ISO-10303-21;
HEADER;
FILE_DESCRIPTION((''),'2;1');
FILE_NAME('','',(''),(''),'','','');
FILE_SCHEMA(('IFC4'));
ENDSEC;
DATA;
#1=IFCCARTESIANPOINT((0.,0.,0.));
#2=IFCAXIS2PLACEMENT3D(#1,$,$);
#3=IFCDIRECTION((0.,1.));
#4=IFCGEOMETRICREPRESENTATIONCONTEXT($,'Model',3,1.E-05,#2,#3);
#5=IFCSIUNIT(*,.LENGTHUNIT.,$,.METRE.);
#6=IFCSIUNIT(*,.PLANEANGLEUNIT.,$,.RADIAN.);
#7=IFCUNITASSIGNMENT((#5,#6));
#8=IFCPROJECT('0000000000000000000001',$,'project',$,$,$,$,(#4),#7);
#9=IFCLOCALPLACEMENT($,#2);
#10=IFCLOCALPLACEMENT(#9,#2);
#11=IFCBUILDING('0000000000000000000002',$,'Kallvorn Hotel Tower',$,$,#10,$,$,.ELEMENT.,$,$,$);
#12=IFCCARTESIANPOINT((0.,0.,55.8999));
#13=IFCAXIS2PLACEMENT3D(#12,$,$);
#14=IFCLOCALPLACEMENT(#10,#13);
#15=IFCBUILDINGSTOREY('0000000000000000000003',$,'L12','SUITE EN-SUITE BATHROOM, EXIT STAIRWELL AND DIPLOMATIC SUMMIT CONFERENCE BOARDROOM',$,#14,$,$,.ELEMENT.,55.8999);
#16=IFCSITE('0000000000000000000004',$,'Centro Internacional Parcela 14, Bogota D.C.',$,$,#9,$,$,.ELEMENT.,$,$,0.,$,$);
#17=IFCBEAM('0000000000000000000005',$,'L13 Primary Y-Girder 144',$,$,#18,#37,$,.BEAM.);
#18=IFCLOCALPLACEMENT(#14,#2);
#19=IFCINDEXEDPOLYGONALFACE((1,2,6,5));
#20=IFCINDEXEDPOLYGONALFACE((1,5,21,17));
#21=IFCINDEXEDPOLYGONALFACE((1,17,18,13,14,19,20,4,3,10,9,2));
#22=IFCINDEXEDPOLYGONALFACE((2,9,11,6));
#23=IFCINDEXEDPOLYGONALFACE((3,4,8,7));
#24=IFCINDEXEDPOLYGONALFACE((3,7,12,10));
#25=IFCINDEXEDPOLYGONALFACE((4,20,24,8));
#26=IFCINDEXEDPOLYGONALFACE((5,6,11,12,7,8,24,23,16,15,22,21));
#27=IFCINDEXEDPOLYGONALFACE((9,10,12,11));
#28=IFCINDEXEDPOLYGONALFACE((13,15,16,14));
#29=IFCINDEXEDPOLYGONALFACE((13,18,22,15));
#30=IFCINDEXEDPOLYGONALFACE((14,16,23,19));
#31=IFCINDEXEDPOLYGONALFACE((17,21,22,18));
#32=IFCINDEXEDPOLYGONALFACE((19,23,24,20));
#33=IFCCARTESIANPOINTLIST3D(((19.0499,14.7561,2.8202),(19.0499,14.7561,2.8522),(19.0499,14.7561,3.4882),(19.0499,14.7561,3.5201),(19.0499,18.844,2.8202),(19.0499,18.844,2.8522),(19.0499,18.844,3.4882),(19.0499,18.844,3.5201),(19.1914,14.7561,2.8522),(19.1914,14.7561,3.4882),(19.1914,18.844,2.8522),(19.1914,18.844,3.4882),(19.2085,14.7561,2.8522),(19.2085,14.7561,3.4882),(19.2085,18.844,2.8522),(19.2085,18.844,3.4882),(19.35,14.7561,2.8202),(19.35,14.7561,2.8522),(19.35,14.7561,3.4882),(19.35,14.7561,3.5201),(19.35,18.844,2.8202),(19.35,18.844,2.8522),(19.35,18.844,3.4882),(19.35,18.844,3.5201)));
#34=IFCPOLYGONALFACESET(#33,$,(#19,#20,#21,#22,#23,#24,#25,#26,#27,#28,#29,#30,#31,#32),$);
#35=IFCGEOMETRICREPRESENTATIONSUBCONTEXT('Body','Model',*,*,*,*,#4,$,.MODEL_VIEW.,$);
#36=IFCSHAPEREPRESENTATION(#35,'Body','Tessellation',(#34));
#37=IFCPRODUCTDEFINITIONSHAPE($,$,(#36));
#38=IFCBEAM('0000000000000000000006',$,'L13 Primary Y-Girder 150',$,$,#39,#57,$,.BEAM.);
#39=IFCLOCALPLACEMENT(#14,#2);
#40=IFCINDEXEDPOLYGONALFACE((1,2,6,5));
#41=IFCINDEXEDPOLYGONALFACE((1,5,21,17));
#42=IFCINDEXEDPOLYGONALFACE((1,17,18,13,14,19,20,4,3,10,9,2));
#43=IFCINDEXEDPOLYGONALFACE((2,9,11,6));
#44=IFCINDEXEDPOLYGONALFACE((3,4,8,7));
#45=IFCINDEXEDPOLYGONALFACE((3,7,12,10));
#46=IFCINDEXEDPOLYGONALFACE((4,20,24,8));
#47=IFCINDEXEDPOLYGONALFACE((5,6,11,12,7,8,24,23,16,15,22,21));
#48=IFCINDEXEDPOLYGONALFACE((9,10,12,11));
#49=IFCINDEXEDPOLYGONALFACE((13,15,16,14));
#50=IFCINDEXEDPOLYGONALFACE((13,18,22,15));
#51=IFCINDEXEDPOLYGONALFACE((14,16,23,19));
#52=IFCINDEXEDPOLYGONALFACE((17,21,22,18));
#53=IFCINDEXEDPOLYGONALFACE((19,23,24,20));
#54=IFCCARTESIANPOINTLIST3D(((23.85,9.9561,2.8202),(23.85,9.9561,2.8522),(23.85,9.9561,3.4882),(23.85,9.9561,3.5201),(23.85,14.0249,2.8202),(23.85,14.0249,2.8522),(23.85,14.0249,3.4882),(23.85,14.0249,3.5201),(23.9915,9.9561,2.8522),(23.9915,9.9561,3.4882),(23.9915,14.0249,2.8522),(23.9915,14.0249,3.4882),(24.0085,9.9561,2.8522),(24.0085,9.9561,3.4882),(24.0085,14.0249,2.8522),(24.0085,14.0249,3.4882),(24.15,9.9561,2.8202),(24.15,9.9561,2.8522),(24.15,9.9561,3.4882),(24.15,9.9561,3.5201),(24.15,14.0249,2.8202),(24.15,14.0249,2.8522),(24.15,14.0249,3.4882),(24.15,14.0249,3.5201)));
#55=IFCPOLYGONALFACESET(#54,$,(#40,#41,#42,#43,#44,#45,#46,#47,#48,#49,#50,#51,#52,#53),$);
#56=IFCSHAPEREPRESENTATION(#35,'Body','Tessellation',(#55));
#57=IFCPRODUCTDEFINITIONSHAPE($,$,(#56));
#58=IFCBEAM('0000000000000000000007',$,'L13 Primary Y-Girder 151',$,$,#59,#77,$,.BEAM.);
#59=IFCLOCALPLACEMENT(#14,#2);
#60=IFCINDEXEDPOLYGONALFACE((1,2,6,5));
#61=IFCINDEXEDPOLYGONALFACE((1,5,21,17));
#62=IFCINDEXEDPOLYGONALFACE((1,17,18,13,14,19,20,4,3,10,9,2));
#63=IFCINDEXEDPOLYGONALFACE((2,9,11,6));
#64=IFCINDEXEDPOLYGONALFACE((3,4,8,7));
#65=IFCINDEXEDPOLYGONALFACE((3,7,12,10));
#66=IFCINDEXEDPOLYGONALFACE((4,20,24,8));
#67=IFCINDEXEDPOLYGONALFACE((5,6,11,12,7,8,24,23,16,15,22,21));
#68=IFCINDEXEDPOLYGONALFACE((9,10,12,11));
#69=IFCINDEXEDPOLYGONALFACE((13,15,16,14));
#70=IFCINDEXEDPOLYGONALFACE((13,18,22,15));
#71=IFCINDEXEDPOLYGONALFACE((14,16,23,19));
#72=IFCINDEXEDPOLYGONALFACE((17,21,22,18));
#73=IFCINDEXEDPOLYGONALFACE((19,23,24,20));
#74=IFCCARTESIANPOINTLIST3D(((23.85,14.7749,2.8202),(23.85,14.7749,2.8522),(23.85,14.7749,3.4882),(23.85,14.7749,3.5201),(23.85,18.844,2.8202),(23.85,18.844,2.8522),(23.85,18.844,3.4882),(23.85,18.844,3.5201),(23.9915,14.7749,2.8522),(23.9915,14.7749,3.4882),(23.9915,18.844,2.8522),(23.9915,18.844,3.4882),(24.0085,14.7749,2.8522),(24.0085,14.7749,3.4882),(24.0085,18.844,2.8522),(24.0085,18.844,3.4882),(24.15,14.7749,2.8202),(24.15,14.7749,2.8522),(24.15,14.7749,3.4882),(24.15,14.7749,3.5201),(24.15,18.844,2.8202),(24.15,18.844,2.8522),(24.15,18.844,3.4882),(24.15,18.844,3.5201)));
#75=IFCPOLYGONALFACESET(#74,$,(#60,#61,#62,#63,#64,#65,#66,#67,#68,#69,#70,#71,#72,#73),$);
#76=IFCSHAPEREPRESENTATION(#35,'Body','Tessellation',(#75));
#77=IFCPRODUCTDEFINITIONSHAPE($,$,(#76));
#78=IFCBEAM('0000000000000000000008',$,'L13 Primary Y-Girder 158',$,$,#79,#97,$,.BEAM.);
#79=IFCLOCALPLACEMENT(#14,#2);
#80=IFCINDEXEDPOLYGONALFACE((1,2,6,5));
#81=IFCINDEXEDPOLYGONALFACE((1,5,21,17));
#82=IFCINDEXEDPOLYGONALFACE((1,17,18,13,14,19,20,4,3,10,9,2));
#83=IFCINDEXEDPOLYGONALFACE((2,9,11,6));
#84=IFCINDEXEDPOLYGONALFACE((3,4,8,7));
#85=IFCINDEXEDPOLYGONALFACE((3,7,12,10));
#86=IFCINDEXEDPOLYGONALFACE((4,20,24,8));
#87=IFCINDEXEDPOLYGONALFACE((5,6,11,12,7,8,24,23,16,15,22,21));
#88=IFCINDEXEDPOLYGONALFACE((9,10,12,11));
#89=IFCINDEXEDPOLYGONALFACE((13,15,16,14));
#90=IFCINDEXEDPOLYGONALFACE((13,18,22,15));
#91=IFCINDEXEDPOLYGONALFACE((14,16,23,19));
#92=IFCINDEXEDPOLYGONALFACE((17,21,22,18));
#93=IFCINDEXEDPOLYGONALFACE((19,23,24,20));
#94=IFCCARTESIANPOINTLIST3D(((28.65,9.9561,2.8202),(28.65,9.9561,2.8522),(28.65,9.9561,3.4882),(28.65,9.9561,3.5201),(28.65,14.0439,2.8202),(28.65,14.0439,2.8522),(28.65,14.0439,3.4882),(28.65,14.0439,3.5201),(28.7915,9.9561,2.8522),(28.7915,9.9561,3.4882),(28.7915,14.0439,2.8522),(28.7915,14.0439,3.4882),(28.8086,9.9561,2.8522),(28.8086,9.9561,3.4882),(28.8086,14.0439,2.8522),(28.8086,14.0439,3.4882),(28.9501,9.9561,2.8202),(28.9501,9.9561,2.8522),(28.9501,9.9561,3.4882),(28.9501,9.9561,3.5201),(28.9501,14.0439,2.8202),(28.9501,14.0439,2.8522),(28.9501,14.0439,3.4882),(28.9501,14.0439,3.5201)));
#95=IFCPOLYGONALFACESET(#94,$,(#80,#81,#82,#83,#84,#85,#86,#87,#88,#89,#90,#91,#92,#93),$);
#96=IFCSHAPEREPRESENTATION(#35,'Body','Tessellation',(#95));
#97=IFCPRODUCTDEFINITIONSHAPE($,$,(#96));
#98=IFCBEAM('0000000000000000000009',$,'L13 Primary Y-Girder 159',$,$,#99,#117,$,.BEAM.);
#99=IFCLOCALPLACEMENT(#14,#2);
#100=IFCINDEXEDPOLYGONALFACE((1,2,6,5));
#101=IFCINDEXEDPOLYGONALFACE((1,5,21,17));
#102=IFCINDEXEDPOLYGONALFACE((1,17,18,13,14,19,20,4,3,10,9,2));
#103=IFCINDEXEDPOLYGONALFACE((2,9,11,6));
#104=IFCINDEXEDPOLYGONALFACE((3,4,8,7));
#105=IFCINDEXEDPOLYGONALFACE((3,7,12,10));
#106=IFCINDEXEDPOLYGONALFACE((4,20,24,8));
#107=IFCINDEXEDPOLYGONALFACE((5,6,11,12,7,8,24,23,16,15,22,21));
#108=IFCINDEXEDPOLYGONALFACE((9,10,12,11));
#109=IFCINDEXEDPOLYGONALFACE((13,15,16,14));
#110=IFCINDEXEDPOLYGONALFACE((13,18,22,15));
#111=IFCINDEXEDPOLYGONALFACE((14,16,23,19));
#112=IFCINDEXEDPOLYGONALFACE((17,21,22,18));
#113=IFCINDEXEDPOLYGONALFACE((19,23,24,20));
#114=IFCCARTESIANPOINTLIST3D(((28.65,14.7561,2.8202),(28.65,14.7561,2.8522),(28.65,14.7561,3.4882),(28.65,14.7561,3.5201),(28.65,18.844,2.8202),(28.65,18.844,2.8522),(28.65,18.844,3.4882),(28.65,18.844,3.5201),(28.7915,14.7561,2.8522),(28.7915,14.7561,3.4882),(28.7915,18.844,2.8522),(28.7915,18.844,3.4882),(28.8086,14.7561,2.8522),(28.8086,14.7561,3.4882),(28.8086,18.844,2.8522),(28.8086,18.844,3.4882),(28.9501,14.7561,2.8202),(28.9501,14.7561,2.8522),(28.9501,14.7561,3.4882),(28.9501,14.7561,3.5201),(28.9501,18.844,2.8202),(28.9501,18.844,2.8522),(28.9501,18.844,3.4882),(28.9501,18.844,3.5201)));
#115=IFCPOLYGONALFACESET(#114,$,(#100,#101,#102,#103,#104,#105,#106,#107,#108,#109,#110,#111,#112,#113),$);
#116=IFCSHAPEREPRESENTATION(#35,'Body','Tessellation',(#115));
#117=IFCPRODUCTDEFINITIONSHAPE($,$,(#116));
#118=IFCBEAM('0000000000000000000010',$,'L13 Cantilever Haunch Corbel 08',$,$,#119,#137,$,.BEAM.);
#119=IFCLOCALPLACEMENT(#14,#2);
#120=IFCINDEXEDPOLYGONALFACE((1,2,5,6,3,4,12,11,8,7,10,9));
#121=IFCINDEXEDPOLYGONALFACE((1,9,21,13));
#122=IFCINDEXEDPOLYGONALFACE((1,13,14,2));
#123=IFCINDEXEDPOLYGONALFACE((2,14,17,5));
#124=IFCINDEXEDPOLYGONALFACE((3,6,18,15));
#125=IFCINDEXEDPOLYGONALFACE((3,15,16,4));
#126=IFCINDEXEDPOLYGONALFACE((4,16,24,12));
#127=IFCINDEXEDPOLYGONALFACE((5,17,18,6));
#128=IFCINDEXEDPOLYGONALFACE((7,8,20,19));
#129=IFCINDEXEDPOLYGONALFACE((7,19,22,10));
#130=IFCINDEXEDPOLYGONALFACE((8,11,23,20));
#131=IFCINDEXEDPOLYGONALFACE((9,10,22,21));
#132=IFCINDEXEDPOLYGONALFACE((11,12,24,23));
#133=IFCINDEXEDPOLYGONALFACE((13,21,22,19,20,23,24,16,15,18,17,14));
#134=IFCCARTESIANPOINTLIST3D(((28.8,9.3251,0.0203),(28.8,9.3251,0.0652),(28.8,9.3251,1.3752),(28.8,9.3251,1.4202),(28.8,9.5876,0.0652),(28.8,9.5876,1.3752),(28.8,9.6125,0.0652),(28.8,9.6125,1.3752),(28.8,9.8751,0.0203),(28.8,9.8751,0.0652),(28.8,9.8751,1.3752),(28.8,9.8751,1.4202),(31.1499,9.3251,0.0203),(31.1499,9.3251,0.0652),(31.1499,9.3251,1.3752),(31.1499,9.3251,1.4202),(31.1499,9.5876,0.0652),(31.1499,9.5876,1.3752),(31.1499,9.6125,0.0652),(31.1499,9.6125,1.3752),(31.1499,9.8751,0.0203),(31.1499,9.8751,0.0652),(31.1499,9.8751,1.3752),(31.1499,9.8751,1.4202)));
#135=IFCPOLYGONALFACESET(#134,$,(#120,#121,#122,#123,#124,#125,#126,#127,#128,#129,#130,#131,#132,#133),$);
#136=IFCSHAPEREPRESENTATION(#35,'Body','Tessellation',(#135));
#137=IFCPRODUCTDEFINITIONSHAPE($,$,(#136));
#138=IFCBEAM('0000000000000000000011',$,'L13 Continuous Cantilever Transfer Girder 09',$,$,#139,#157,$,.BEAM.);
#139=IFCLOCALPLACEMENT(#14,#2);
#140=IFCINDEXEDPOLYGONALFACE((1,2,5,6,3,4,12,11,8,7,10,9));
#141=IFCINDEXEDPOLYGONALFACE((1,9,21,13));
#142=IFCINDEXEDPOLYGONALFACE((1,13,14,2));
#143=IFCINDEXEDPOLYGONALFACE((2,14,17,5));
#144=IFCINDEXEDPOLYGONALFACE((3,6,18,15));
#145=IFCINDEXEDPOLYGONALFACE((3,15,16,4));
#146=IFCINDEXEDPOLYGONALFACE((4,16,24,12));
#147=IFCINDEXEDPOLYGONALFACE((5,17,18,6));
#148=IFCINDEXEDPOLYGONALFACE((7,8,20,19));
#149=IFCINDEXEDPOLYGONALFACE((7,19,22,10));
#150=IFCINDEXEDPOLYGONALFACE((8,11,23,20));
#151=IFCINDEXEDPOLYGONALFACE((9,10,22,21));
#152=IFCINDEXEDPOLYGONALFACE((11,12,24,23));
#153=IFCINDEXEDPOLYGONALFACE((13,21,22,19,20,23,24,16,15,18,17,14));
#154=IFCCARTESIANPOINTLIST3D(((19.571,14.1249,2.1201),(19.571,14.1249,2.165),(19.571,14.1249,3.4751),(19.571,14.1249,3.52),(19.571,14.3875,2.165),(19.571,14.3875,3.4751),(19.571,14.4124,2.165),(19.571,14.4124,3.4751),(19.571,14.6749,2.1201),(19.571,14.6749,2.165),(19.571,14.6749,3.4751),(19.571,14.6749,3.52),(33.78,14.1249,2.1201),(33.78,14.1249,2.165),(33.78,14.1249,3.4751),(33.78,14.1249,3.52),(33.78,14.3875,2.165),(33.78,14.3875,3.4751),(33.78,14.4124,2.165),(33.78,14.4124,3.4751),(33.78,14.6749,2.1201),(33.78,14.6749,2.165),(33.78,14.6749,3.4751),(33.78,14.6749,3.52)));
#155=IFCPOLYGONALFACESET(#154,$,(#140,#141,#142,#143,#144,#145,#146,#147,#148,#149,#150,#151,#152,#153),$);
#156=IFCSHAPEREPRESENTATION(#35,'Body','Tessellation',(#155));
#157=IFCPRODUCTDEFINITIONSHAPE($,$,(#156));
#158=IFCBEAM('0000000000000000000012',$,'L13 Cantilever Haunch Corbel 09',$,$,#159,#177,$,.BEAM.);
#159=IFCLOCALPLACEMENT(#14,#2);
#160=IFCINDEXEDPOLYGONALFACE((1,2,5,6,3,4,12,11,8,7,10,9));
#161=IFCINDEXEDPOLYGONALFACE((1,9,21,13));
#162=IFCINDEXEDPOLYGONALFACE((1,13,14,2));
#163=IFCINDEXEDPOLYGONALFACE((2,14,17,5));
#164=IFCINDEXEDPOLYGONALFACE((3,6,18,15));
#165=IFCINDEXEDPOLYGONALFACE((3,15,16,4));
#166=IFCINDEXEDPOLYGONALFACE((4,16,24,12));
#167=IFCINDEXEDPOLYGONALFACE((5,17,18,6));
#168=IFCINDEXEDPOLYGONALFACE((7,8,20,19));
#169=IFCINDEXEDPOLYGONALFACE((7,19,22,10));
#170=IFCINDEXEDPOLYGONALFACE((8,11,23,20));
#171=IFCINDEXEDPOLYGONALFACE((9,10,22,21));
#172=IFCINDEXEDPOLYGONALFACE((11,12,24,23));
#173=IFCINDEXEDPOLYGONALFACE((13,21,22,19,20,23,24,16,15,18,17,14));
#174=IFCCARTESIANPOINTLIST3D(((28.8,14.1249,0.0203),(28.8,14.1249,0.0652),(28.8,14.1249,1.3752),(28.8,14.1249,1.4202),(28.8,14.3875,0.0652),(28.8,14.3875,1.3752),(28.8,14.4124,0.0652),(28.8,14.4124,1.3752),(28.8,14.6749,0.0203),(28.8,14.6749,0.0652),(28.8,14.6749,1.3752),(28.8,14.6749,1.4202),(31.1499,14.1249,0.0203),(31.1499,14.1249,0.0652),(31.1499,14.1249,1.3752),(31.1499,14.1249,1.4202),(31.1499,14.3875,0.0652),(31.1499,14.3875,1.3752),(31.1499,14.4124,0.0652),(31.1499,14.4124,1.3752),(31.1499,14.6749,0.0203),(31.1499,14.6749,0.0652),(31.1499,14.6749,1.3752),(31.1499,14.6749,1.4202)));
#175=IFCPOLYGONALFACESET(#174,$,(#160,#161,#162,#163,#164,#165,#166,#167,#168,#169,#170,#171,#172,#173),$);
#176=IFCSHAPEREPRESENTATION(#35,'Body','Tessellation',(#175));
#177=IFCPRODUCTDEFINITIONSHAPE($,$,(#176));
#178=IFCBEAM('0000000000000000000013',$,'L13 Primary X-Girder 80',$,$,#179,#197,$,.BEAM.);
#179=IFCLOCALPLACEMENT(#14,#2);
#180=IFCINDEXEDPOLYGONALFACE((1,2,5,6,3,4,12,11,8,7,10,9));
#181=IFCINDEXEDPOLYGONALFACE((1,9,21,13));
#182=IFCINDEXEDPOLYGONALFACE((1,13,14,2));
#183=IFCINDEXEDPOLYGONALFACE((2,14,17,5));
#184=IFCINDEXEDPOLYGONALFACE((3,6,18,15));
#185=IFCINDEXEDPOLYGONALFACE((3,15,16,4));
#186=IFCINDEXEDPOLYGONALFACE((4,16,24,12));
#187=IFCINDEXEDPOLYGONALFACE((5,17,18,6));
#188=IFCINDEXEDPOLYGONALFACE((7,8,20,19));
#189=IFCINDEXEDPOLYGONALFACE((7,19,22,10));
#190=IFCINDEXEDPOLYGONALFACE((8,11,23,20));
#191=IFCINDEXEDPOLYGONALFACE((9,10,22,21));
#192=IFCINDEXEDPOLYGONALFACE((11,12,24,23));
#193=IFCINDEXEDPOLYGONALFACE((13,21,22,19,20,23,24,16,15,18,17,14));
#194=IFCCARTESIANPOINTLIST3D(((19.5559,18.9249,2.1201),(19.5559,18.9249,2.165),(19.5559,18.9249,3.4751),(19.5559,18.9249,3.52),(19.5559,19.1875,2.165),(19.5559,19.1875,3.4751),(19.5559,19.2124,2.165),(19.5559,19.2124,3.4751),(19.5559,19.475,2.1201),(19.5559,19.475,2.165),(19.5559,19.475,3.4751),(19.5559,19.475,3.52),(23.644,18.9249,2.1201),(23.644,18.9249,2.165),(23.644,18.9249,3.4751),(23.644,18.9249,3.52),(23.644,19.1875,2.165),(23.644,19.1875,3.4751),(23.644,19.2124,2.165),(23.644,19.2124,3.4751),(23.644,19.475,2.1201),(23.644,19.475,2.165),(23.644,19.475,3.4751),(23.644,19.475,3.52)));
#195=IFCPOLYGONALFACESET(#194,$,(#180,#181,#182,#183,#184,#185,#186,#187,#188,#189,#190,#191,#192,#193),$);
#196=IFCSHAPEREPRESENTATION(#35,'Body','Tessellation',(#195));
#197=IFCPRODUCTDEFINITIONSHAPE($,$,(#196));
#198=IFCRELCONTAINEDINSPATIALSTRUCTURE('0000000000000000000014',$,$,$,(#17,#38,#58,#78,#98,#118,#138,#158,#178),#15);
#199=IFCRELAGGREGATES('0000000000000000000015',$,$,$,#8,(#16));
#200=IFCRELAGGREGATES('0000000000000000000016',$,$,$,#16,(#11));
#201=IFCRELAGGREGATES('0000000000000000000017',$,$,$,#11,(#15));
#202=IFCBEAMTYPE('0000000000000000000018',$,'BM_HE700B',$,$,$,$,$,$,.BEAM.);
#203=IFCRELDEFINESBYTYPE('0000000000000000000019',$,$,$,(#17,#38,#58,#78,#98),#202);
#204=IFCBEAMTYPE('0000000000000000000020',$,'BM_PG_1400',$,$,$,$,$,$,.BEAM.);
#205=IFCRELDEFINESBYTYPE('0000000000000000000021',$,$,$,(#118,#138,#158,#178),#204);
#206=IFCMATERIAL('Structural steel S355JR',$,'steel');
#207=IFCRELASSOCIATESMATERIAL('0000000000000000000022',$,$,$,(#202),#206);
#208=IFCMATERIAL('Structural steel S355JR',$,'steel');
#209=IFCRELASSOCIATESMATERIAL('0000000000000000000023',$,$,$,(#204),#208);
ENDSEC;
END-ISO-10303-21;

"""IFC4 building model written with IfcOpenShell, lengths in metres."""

from ifc_helpers import new_model, si_unit, direction, frame, origin, origin_2d, place, context, subcontext, project, spatial, i_section, extrude, material, material_profile, profile_set, type_object, element, save


model = new_model("IFC4")

# Units and contexts
model_context = context("Model", 3, precision=1e-05, world=origin(), true_north=direction((0.0, 1.0)))
body_context = subcontext(model_context, "Body", "Model", "MODEL_VIEW")
ifc_project = project(units=[si_unit("LENGTHUNIT", "METRE"), si_unit("PLANEANGLEUNIT", "RADIAN")], contexts=[model_context])

# Site, building, storey
site_placement = place(None, origin())
site = spatial("IfcSite", under=ifc_project, at=site_placement, Name="Centro Internacional Parcela 14, Bogota D.C.", CompositionType="ELEMENT", RefElevation=0.0)
building_placement = place(site_placement, origin())
building = spatial("IfcBuilding", under=site, at=building_placement, Name="Kallvorn Hotel Tower", CompositionType="ELEMENT")
storey_placement = place(building_placement, frame((0.0, 0.0, 55.8999)))
storey = spatial("IfcBuildingStorey", under=building, at=storey_placement, Name="L12", Description="SUITE EN-SUITE BATHROOM, EXIT STAIRWELL AND DIPLOMATIC SUMMIT CONFERENCE BOARDROOM", CompositionType="ELEMENT", Elevation=55.8999)

# Beams
ifc_material_1 = material(Name="Structural steel S355JR", Category="steel")
ifc_material_profile_1 = material_profile(ifc_material_1, i_section(OverallWidth=0.3, OverallDepth=0.7, WebThickness=0.0171, FlangeThickness=0.032, at=origin_2d()), Name="HE 700 B")
ifc_profile_set_1 = profile_set([ifc_material_profile_1], Name="Structural steel S355JR")
beam_type_1 = type_object("IfcBeamType", Name="BM_HE700B", PredefinedType="BEAM", material=ifc_profile_set_1)
beam_1_placement = place(storey_placement, frame((19.2, 14.7561, 3.1702), z_axis=(0.0, 1.0, 0.0), x_axis=(-1.0, 0.0, 0.0)))
element("IfcBeam", 1, at=beam_1_placement, inside=storey, type_object=beam_type_1, Name="L13 Primary Y-Girder 144", PredefinedType="BEAM", context=body_context, shape_type="SweptSolid", body=[
    extrude(i_section(OverallWidth=0.3, OverallDepth=0.7, WebThickness=0.0171, FlangeThickness=0.032, at=origin_2d()), origin(), (0.0, 0.0, 1.0), 4.0879),
])
beam_2_placement = place(storey_placement, frame((24.0, 9.9561, 3.1702), z_axis=(0.0, 1.0, 0.0), x_axis=(-1.0, 0.0, 0.0)))
element("IfcBeam", 2, at=beam_2_placement, inside=storey, type_object=beam_type_1, Name="L13 Primary Y-Girder 150", PredefinedType="BEAM", context=body_context, shape_type="SweptSolid", body=[
    extrude(i_section(OverallWidth=0.3, OverallDepth=0.7, WebThickness=0.0171, FlangeThickness=0.032, at=origin_2d()), origin(), (0.0, 0.0, 1.0), 4.0688),
])
beam_3_placement = place(storey_placement, frame((24.0, 14.7749, 3.1702), z_axis=(0.0, 1.0, 0.0), x_axis=(-1.0, 0.0, 0.0)))
element("IfcBeam", 3, at=beam_3_placement, inside=storey, type_object=beam_type_1, Name="L13 Primary Y-Girder 151", PredefinedType="BEAM", context=body_context, shape_type="SweptSolid", body=[
    extrude(i_section(OverallWidth=0.3, OverallDepth=0.7, WebThickness=0.0171, FlangeThickness=0.032, at=origin_2d()), origin(), (0.0, 0.0, 1.0), 4.0691),
])
for number, where, z_axis, x_axis, name in (
    (4, (28.8, 9.9561, 3.1702), (0.0, 1.0, 0.0), (-1.0, 0.0, 0.0), "L13 Primary Y-Girder 158"),
    (5, (28.8, 14.7561, 3.1702), (0.0, 1.0, 0.0), (-1.0, 0.0, 0.0), "L13 Primary Y-Girder 159"),
):
    element("IfcBeam", number, at=place(storey_placement, frame(where, z_axis=z_axis, x_axis=x_axis)), inside=storey, type_object=beam_type_1, Name=name, PredefinedType="BEAM", context=body_context, shape_type="SweptSolid", body=[
        extrude(i_section(OverallWidth=0.3, OverallDepth=0.7, WebThickness=0.0171, FlangeThickness=0.032, at=origin_2d()), origin(), (0.0, 0.0, 1.0), 4.0879),
    ])
ifc_material_2 = material(Name="Structural steel S355JR", Category="steel")
ifc_material_profile_2 = material_profile(ifc_material_2, i_section(OverallWidth=0.55, OverallDepth=1.3999, WebThickness=0.0249, FlangeThickness=0.0449, at=origin_2d()), Name="PG 1400x550x25x45")
ifc_profile_set_2 = profile_set([ifc_material_profile_2], Name="Structural steel S355JR")
beam_type_2 = type_object("IfcBeamType", Name="BM_PG_1400", PredefinedType="BEAM", material=ifc_profile_set_2)
beam_4_placement = place(storey_placement, frame((28.8, 9.6001, 0.7202), z_axis=(1.0, 0.0, 0.0), x_axis=(0.0, 1.0, 0.0)))
element("IfcBeam", 6, at=beam_4_placement, inside=storey, type_object=beam_type_2, Name="L13 Cantilever Haunch Corbel 08", PredefinedType="BEAM", context=body_context, shape_type="SweptSolid", body=[
    extrude(i_section(OverallWidth=0.55, OverallDepth=1.3999, WebThickness=0.0249, FlangeThickness=0.0449, at=origin_2d()), origin(), (0.0, 0.0, 1.0), 2.3499),
])
beam_5_placement = place(storey_placement, frame((19.571, 14.3999, 2.8201), z_axis=(1.0, 0.0, 0.0), x_axis=(0.0, 1.0, 0.0)))
element("IfcBeam", 7, at=beam_5_placement, inside=storey, type_object=beam_type_2, Name="L13 Continuous Cantilever Transfer Girder 09", PredefinedType="BEAM", context=body_context, shape_type="SweptSolid", body=[
    extrude(i_section(OverallWidth=0.55, OverallDepth=1.3999, WebThickness=0.0249, FlangeThickness=0.0449, at=origin_2d()), origin(), (0.0, 0.0, 1.0), 14.209),
])
beam_6_placement = place(storey_placement, frame((28.8, 14.3999, 0.7202), z_axis=(1.0, 0.0, 0.0), x_axis=(0.0, 1.0, 0.0)))
element("IfcBeam", 8, at=beam_6_placement, inside=storey, type_object=beam_type_2, Name="L13 Cantilever Haunch Corbel 09", PredefinedType="BEAM", context=body_context, shape_type="SweptSolid", body=[
    extrude(i_section(OverallWidth=0.55, OverallDepth=1.3999, WebThickness=0.0249, FlangeThickness=0.0449, at=origin_2d()), origin(), (0.0, 0.0, 1.0), 2.3499),
])
for number, where, z_axis, x_axis, name in (
    (9, (19.5559, 19.2, 2.8201), (1.0, 0.0, 0.0), (0.0, 1.0, 0.0), "L13 Primary X-Girder 80"),
):
    element("IfcBeam", number, at=place(storey_placement, frame(where, z_axis=z_axis, x_axis=x_axis)), inside=storey, type_object=beam_type_2, Name=name, PredefinedType="BEAM", context=body_context, shape_type="SweptSolid", body=[
        extrude(i_section(OverallWidth=0.55, OverallDepth=1.3999, WebThickness=0.0249, FlangeThickness=0.0449, at=origin_2d()), origin(), (0.0, 0.0, 1.0), 4.0881),
    ])

save(model, "model.ifc")
